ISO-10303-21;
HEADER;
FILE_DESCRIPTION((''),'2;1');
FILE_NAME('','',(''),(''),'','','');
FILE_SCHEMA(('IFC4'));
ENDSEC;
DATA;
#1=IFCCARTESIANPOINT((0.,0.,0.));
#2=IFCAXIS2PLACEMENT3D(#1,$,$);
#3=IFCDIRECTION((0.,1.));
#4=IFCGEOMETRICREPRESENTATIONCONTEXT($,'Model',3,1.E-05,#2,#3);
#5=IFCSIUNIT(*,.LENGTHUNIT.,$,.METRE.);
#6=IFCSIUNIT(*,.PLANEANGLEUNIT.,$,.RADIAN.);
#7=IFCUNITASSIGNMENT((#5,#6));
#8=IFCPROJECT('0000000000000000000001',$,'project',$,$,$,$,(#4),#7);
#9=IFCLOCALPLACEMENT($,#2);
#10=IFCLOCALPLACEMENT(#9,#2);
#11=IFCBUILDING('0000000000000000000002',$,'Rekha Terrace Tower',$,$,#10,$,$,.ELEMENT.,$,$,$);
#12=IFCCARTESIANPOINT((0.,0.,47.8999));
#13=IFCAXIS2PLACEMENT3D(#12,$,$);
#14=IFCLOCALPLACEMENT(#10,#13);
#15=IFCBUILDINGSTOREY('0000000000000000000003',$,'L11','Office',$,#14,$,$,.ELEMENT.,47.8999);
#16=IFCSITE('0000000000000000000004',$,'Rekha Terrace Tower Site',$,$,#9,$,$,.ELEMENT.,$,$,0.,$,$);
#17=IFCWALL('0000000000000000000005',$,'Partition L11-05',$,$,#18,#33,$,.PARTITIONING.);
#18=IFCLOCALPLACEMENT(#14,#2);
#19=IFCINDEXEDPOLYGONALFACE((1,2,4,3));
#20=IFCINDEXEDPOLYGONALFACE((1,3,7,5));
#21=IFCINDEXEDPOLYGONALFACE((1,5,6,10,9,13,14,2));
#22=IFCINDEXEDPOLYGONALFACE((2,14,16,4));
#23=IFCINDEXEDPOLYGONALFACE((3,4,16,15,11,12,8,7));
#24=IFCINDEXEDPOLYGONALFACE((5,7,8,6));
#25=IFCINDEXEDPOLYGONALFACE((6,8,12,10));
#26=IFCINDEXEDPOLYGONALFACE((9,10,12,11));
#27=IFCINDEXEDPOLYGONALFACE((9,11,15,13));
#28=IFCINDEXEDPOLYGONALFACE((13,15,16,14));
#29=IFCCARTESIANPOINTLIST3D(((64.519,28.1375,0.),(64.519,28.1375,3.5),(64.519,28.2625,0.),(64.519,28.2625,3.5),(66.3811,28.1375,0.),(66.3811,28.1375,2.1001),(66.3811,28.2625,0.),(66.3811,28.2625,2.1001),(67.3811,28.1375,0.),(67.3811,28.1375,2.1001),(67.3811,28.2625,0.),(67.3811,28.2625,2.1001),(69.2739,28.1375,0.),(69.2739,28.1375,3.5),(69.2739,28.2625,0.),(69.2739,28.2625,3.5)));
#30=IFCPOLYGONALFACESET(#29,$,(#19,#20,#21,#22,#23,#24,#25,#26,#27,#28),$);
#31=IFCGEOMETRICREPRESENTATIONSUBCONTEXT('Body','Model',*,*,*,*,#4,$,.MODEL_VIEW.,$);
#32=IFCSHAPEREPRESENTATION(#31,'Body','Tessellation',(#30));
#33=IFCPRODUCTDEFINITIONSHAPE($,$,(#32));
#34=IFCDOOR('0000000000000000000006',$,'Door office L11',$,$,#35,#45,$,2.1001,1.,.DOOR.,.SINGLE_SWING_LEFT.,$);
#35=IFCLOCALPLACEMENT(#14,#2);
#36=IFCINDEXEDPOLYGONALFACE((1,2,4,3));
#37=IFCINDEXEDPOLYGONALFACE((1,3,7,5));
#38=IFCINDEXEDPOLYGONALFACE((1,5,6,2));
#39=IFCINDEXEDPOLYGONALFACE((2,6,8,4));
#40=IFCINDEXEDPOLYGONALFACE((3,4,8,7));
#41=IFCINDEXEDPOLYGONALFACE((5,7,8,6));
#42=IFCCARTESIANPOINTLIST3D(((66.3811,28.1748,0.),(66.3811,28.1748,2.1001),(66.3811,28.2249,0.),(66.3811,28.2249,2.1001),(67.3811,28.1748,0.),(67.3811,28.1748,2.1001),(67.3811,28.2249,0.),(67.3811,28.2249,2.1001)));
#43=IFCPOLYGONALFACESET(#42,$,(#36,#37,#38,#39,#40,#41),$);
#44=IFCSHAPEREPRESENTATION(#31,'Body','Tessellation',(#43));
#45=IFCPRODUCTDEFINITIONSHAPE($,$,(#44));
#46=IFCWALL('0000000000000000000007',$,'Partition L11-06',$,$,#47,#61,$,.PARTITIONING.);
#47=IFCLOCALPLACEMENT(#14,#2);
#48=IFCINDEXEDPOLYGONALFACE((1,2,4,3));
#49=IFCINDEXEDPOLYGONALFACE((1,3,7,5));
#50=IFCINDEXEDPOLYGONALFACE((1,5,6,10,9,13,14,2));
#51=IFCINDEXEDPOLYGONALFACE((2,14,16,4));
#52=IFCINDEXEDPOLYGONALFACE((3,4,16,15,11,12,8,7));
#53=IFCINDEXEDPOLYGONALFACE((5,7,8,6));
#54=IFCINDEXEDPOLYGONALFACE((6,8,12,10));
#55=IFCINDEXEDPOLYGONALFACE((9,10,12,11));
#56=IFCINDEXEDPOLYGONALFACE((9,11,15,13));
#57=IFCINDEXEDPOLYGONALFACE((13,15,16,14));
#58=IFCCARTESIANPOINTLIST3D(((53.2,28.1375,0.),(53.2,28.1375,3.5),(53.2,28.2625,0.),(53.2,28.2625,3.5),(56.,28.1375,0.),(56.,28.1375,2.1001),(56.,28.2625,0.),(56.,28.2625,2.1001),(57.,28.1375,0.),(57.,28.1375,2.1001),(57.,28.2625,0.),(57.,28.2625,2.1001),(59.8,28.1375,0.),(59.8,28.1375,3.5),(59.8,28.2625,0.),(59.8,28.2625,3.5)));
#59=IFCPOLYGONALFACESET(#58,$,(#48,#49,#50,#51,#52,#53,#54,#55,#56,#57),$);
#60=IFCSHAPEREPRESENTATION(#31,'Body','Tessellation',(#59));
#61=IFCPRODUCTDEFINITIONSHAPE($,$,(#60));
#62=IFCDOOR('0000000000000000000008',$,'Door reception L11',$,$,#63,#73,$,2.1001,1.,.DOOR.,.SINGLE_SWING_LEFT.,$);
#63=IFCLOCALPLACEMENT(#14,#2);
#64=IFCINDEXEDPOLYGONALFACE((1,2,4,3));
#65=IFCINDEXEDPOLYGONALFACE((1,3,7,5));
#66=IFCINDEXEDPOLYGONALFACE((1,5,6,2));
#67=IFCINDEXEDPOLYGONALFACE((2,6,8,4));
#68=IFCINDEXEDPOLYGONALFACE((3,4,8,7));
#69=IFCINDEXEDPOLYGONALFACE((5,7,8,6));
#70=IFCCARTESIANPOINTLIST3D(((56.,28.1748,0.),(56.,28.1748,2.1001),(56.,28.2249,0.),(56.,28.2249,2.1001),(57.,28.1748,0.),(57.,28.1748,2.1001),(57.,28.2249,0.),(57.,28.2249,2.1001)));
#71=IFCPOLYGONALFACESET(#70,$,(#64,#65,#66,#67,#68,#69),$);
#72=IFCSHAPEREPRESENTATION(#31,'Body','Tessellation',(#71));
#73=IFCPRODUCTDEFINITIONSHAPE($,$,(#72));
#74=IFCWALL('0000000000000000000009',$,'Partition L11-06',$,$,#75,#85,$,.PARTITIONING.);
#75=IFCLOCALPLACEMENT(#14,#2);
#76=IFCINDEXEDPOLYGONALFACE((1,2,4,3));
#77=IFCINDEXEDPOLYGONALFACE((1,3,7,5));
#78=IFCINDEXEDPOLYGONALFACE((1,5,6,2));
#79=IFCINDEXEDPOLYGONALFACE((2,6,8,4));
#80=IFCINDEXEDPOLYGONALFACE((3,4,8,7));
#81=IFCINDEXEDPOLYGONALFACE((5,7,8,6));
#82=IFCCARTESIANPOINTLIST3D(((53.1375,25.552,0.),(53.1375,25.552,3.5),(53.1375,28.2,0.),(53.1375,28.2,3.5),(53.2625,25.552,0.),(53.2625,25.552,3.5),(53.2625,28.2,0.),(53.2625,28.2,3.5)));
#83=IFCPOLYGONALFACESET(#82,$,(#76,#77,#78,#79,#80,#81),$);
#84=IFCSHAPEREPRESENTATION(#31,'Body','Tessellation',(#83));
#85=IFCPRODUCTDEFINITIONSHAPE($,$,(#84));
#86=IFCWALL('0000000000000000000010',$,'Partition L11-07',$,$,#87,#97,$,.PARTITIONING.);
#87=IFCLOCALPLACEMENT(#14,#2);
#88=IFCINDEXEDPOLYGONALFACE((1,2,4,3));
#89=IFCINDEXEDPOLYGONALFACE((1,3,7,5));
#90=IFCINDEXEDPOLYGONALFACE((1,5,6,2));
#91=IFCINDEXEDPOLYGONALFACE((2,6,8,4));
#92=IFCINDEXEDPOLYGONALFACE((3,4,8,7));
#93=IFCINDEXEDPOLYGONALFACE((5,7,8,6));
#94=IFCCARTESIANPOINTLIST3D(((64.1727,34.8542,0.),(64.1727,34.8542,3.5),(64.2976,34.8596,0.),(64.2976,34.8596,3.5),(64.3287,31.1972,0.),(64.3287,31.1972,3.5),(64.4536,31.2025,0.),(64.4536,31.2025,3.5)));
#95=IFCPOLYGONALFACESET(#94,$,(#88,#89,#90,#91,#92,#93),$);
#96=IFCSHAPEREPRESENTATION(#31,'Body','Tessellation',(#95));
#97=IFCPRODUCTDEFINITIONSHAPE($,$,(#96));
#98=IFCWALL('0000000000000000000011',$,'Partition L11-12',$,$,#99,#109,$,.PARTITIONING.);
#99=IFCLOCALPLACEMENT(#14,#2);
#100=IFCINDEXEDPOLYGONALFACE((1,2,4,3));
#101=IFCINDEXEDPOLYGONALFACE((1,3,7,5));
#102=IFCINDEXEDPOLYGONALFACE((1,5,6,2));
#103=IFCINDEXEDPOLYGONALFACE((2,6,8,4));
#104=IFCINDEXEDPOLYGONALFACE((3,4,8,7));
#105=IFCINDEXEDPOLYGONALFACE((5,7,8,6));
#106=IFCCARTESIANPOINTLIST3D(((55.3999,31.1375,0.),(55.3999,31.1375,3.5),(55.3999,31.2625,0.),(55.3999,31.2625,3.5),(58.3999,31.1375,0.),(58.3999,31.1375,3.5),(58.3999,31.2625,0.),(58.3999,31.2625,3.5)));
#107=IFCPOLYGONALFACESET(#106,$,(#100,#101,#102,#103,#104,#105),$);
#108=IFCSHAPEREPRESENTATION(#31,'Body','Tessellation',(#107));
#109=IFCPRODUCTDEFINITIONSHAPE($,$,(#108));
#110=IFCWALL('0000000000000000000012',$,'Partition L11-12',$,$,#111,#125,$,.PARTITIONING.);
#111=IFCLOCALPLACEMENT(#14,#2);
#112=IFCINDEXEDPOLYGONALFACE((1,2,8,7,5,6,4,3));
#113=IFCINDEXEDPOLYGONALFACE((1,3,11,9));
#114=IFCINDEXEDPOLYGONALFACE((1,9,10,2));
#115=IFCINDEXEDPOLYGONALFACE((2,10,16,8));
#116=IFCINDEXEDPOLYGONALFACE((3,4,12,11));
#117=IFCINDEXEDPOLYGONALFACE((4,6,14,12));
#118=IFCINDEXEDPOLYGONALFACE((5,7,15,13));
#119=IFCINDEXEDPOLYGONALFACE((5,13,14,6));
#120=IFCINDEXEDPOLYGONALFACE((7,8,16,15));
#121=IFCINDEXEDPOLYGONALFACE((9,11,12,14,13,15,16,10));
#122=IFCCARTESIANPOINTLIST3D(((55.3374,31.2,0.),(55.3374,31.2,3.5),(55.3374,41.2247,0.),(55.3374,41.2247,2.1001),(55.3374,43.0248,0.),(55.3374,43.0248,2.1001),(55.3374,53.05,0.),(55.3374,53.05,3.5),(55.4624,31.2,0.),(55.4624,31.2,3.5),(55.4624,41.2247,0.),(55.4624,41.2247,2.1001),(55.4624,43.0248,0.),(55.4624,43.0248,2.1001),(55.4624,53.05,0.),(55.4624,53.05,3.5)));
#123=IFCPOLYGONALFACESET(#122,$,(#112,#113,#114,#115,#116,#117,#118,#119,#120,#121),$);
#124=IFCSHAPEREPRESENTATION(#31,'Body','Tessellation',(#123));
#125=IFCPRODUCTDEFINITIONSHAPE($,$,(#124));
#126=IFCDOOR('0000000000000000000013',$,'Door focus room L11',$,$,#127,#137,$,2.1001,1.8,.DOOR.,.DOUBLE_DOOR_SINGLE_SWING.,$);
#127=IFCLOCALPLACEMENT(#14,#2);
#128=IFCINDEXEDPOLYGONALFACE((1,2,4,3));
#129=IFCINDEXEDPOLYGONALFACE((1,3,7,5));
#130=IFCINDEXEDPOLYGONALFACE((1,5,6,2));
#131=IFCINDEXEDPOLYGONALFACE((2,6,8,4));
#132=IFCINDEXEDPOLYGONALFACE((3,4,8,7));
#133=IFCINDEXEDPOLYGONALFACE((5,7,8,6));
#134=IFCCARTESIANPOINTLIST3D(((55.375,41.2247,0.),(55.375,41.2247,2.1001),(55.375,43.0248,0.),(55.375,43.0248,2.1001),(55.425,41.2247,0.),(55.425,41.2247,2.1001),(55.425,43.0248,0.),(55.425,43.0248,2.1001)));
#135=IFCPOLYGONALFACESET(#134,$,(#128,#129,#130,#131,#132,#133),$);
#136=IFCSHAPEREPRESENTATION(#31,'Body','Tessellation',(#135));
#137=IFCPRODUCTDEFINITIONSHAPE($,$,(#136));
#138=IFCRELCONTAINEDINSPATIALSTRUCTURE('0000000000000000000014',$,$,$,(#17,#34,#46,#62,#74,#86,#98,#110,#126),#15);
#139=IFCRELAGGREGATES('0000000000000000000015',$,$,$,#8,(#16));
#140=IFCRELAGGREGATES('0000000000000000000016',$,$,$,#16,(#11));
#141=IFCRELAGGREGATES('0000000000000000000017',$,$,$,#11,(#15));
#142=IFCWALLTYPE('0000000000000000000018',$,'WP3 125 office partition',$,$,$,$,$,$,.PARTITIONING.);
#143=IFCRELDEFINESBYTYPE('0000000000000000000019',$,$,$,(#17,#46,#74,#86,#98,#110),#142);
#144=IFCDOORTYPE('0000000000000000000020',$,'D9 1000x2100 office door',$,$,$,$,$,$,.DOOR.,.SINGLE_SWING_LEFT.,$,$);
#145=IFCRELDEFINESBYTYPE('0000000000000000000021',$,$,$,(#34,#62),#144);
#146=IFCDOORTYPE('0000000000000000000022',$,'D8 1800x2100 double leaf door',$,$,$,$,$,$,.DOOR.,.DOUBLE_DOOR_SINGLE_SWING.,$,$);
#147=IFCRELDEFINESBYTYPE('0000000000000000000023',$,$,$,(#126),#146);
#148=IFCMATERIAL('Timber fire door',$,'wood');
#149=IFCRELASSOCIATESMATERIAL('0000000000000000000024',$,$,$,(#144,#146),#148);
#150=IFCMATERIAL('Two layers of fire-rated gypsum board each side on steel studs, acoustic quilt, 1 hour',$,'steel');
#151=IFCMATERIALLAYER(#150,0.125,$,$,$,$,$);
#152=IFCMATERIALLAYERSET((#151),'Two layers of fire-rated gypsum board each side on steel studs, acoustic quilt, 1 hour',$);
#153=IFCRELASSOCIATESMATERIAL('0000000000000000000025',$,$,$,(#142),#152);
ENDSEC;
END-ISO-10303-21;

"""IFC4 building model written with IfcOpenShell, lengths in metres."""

from ifc_helpers import new_model, si_unit, direction, frame, frame_2d, origin, place, context, subcontext, project, spatial, rectangle, extrude, material, layer, layer_set, type_object, element, fill, save


model = new_model("IFC4")

# Units and contexts
model_context = context("Model", 3, precision=1e-05, world=origin(), true_north=direction((0.0, 1.0)))
body_context = subcontext(model_context, "Body", "Model", "MODEL_VIEW")
ifc_project = project(units=[si_unit("LENGTHUNIT", "METRE"), si_unit("PLANEANGLEUNIT", "RADIAN")], contexts=[model_context])

# Site, building, storey
site_placement = place(None, origin())
site = spatial("IfcSite", under=ifc_project, at=site_placement, Name="Rekha Terrace Tower Site", CompositionType="ELEMENT", RefElevation=0.0)
building_placement = place(site_placement, origin())
building = spatial("IfcBuilding", under=site, at=building_placement, Name="Rekha Terrace Tower", CompositionType="ELEMENT")
storey_placement = place(building_placement, frame((0.0, 0.0, 47.8999)))
storey = spatial("IfcBuildingStorey", under=building, at=storey_placement, Name="L11", Description="Office", CompositionType="ELEMENT", Elevation=47.8999)

# Shared definitions
ifc_material_1 = material(Name="Timber fire door", Category="wood")
door_type_1 = type_object("IfcDoorType", Name="D9 1000x2100 office door", OperationType="SINGLE_SWING_LEFT", PredefinedType="DOOR", material=ifc_material_1)

# Shared definitions
ifc_material_2 = material(Name="Two layers of fire-rated gypsum board each side on steel studs, acoustic quilt, 1 hour", Category="steel")
ifc_layer_1 = layer(ifc_material_2, 0.125)
ifc_layer_set_1 = layer_set([ifc_layer_1], Name="Two layers of fire-rated gypsum board each side on steel studs, acoustic quilt, 1 hour")
wall_type_1 = type_object("IfcWallType", Name="WP3 125 office partition", PredefinedType="PARTITIONING", material=ifc_layer_set_1)

# Walls, openings, doors
wall_1_placement = place(storey_placement, frame((64.519, 28.2, 0.0), z_axis=(0.0, 0.0, 1.0), x_axis=(1.0, 0.0, 0.0)))
wall_1 = element("IfcWall", 1, at=wall_1_placement, inside=storey, type_object=wall_type_1, Name="Partition L11-05", PredefinedType="PARTITIONING", context=body_context, shape_type="SweptSolid", body=[
    extrude(rectangle(XDim=4.7549, YDim=0.125, at=frame_2d((2.3774, 0.0))), origin(), (0.0, 0.0, 1.0), 3.5),
])
opening_1_placement = place(wall_1_placement, frame((1.8621, 0.0, 0.0)))
opening_1 = element("IfcOpeningElement", 2, at=opening_1_placement, cuts=wall_1, PredefinedType="OPENING", context=body_context, shape_type="SweptSolid", body=[
    extrude(rectangle(XDim=1.0, YDim=2.1001, at=frame_2d((0.5, 1.05))), frame((0.0, 0.0725, 0.0), z_axis=(0.0, -1.0, 0.0), x_axis=(1.0, 0.0, 0.0)), (0.0, 0.0, 1.0), 0.145),
])
door_1_placement = place(opening_1_placement, origin())
door_1 = element("IfcDoor", 3, at=door_1_placement, inside=storey, type_object=door_type_1, Name="Door office L11", OperationType="SINGLE_SWING_LEFT", OverallHeight=2.1001, OverallWidth=1.0, PredefinedType="DOOR", context=body_context, shape_type="SweptSolid", body=[
    extrude(rectangle(XDim=1.0, YDim=2.1001, at=frame_2d((0.5, 1.05))), frame((0.0, 0.0249, 0.0), z_axis=(0.0, -1.0, 0.0), x_axis=(1.0, 0.0, 0.0)), (0.0, 0.0, 1.0), 0.05),
])
fill(opening_1, door_1)
wall_2_placement = place(storey_placement, frame((53.2, 28.2, 0.0), z_axis=(0.0, 0.0, 1.0), x_axis=(1.0, 0.0, 0.0)))
wall_2 = element("IfcWall", 4, at=wall_2_placement, inside=storey, type_object=wall_type_1, Name="Partition L11-06", PredefinedType="PARTITIONING", context=body_context, shape_type="SweptSolid", body=[
    extrude(rectangle(XDim=6.6001, YDim=0.125, at=frame_2d((3.3, 0.0))), origin(), (0.0, 0.0, 1.0), 3.5),
])
opening_2_placement = place(wall_2_placement, frame((2.8, 0.0, 0.0)))
opening_2 = element("IfcOpeningElement", 5, at=opening_2_placement, cuts=wall_2, PredefinedType="OPENING", context=body_context, shape_type="SweptSolid", body=[
    extrude(rectangle(XDim=1.0, YDim=2.1001, at=frame_2d((0.5, 1.05))), frame((0.0, 0.0725, 0.0), z_axis=(0.0, -1.0, 0.0), x_axis=(1.0, 0.0, 0.0)), (0.0, 0.0, 1.0), 0.145),
])
door_2_placement = place(opening_2_placement, origin())
door_2 = element("IfcDoor", 6, at=door_2_placement, inside=storey, type_object=door_type_1, Name="Door reception L11", OperationType="SINGLE_SWING_LEFT", OverallHeight=2.1001, OverallWidth=1.0, PredefinedType="DOOR", context=body_context, shape_type="SweptSolid", body=[
    extrude(rectangle(XDim=1.0, YDim=2.1001, at=frame_2d((0.5, 1.05))), frame((0.0, 0.0249, 0.0), z_axis=(0.0, -1.0, 0.0), x_axis=(1.0, 0.0, 0.0)), (0.0, 0.0, 1.0), 0.05),
])
fill(opening_2, door_2)

# Walls
wall_3_placement = place(storey_placement, frame((53.2, 25.552, 0.0), z_axis=(0.0, 0.0, 1.0), x_axis=(0.0, 1.0, 0.0)))
element("IfcWall", 7, at=wall_3_placement, inside=storey, type_object=wall_type_1, Name="Partition L11-06", PredefinedType="PARTITIONING", context=body_context, shape_type="SweptSolid", body=[
    extrude(rectangle(XDim=2.6479, YDim=0.125, at=frame_2d((1.324, 0.0))), origin(), (0.0, 0.0, 1.0), 3.5),
])
wall_4_placement = place(storey_placement, frame((64.3911, 31.2, 0.0), z_axis=(0.0, 0.0, 1.0), x_axis=(-0.042621, 0.999091, 0.0)))
element("IfcWall", 8, at=wall_4_placement, inside=storey, type_object=wall_type_1, Name="Partition L11-07", PredefinedType="PARTITIONING", context=body_context, shape_type="SweptSolid", body=[
    extrude(rectangle(XDim=3.6604, YDim=0.125, at=frame_2d((1.8301, 0.0))), origin(), (0.0, 0.0, 1.0), 3.5),
])
wall_5_placement = place(storey_placement, frame((58.3999, 31.2, 0.0), z_axis=(0.0, 0.0, 1.0), x_axis=(-1.0, 0.0, 0.0)))
element("IfcWall", 9, at=wall_5_placement, inside=storey, type_object=wall_type_1, Name="Partition L11-12", PredefinedType="PARTITIONING", context=body_context, shape_type="SweptSolid", body=[
    extrude(rectangle(XDim=3.0, YDim=0.125, at=frame_2d((1.5, 0.0))), origin(), (0.0, 0.0, 1.0), 3.5),
])

# Wall, opening, door
wall_6_placement = place(storey_placement, frame((55.3999, 31.2, 0.0), z_axis=(0.0, 0.0, 1.0), x_axis=(0.0, 1.0, 0.0)))
wall_6 = element("IfcWall", 10, at=wall_6_placement, inside=storey, type_object=wall_type_1, Name="Partition L11-12", PredefinedType="PARTITIONING", context=body_context, shape_type="SweptSolid", body=[
    extrude(rectangle(XDim=21.8501, YDim=0.125, at=frame_2d((10.925, 0.0))), origin(), (0.0, 0.0, 1.0), 3.5),
])
opening_3_placement = place(wall_6_placement, frame((10.0249, 0.0, 0.0)))
opening_3 = element("IfcOpeningElement", 11, at=opening_3_placement, cuts=wall_6, PredefinedType="OPENING", context=body_context, shape_type="SweptSolid", body=[
    extrude(rectangle(XDim=1.8, YDim=2.1001, at=frame_2d((0.8999, 1.05))), frame((0.0, 0.0725, 0.0), z_axis=(0.0, -1.0, 0.0), x_axis=(1.0, 0.0, 0.0)), (0.0, 0.0, 1.0), 0.145),
])
door_type_2 = type_object("IfcDoorType", Name="D8 1800x2100 double leaf door", OperationType="DOUBLE_DOOR_SINGLE_SWING", PredefinedType="DOOR", material=ifc_material_1)
door_3_placement = place(opening_3_placement, origin())
door_3 = element("IfcDoor", 12, at=door_3_placement, inside=storey, type_object=door_type_2, Name="Door focus room L11", OperationType="DOUBLE_DOOR_SINGLE_SWING", OverallHeight=2.1001, OverallWidth=1.8, PredefinedType="DOOR", context=body_context, shape_type="SweptSolid", body=[
    extrude(rectangle(XDim=1.8, YDim=2.1001, at=frame_2d((0.8999, 1.05))), frame((0.0, 0.0249, 0.0), z_axis=(0.0, -1.0, 0.0), x_axis=(1.0, 0.0, 0.0)), (0.0, 0.0, 1.0), 0.05),
])
fill(opening_3, door_3)

save(model, "model.ifc")
